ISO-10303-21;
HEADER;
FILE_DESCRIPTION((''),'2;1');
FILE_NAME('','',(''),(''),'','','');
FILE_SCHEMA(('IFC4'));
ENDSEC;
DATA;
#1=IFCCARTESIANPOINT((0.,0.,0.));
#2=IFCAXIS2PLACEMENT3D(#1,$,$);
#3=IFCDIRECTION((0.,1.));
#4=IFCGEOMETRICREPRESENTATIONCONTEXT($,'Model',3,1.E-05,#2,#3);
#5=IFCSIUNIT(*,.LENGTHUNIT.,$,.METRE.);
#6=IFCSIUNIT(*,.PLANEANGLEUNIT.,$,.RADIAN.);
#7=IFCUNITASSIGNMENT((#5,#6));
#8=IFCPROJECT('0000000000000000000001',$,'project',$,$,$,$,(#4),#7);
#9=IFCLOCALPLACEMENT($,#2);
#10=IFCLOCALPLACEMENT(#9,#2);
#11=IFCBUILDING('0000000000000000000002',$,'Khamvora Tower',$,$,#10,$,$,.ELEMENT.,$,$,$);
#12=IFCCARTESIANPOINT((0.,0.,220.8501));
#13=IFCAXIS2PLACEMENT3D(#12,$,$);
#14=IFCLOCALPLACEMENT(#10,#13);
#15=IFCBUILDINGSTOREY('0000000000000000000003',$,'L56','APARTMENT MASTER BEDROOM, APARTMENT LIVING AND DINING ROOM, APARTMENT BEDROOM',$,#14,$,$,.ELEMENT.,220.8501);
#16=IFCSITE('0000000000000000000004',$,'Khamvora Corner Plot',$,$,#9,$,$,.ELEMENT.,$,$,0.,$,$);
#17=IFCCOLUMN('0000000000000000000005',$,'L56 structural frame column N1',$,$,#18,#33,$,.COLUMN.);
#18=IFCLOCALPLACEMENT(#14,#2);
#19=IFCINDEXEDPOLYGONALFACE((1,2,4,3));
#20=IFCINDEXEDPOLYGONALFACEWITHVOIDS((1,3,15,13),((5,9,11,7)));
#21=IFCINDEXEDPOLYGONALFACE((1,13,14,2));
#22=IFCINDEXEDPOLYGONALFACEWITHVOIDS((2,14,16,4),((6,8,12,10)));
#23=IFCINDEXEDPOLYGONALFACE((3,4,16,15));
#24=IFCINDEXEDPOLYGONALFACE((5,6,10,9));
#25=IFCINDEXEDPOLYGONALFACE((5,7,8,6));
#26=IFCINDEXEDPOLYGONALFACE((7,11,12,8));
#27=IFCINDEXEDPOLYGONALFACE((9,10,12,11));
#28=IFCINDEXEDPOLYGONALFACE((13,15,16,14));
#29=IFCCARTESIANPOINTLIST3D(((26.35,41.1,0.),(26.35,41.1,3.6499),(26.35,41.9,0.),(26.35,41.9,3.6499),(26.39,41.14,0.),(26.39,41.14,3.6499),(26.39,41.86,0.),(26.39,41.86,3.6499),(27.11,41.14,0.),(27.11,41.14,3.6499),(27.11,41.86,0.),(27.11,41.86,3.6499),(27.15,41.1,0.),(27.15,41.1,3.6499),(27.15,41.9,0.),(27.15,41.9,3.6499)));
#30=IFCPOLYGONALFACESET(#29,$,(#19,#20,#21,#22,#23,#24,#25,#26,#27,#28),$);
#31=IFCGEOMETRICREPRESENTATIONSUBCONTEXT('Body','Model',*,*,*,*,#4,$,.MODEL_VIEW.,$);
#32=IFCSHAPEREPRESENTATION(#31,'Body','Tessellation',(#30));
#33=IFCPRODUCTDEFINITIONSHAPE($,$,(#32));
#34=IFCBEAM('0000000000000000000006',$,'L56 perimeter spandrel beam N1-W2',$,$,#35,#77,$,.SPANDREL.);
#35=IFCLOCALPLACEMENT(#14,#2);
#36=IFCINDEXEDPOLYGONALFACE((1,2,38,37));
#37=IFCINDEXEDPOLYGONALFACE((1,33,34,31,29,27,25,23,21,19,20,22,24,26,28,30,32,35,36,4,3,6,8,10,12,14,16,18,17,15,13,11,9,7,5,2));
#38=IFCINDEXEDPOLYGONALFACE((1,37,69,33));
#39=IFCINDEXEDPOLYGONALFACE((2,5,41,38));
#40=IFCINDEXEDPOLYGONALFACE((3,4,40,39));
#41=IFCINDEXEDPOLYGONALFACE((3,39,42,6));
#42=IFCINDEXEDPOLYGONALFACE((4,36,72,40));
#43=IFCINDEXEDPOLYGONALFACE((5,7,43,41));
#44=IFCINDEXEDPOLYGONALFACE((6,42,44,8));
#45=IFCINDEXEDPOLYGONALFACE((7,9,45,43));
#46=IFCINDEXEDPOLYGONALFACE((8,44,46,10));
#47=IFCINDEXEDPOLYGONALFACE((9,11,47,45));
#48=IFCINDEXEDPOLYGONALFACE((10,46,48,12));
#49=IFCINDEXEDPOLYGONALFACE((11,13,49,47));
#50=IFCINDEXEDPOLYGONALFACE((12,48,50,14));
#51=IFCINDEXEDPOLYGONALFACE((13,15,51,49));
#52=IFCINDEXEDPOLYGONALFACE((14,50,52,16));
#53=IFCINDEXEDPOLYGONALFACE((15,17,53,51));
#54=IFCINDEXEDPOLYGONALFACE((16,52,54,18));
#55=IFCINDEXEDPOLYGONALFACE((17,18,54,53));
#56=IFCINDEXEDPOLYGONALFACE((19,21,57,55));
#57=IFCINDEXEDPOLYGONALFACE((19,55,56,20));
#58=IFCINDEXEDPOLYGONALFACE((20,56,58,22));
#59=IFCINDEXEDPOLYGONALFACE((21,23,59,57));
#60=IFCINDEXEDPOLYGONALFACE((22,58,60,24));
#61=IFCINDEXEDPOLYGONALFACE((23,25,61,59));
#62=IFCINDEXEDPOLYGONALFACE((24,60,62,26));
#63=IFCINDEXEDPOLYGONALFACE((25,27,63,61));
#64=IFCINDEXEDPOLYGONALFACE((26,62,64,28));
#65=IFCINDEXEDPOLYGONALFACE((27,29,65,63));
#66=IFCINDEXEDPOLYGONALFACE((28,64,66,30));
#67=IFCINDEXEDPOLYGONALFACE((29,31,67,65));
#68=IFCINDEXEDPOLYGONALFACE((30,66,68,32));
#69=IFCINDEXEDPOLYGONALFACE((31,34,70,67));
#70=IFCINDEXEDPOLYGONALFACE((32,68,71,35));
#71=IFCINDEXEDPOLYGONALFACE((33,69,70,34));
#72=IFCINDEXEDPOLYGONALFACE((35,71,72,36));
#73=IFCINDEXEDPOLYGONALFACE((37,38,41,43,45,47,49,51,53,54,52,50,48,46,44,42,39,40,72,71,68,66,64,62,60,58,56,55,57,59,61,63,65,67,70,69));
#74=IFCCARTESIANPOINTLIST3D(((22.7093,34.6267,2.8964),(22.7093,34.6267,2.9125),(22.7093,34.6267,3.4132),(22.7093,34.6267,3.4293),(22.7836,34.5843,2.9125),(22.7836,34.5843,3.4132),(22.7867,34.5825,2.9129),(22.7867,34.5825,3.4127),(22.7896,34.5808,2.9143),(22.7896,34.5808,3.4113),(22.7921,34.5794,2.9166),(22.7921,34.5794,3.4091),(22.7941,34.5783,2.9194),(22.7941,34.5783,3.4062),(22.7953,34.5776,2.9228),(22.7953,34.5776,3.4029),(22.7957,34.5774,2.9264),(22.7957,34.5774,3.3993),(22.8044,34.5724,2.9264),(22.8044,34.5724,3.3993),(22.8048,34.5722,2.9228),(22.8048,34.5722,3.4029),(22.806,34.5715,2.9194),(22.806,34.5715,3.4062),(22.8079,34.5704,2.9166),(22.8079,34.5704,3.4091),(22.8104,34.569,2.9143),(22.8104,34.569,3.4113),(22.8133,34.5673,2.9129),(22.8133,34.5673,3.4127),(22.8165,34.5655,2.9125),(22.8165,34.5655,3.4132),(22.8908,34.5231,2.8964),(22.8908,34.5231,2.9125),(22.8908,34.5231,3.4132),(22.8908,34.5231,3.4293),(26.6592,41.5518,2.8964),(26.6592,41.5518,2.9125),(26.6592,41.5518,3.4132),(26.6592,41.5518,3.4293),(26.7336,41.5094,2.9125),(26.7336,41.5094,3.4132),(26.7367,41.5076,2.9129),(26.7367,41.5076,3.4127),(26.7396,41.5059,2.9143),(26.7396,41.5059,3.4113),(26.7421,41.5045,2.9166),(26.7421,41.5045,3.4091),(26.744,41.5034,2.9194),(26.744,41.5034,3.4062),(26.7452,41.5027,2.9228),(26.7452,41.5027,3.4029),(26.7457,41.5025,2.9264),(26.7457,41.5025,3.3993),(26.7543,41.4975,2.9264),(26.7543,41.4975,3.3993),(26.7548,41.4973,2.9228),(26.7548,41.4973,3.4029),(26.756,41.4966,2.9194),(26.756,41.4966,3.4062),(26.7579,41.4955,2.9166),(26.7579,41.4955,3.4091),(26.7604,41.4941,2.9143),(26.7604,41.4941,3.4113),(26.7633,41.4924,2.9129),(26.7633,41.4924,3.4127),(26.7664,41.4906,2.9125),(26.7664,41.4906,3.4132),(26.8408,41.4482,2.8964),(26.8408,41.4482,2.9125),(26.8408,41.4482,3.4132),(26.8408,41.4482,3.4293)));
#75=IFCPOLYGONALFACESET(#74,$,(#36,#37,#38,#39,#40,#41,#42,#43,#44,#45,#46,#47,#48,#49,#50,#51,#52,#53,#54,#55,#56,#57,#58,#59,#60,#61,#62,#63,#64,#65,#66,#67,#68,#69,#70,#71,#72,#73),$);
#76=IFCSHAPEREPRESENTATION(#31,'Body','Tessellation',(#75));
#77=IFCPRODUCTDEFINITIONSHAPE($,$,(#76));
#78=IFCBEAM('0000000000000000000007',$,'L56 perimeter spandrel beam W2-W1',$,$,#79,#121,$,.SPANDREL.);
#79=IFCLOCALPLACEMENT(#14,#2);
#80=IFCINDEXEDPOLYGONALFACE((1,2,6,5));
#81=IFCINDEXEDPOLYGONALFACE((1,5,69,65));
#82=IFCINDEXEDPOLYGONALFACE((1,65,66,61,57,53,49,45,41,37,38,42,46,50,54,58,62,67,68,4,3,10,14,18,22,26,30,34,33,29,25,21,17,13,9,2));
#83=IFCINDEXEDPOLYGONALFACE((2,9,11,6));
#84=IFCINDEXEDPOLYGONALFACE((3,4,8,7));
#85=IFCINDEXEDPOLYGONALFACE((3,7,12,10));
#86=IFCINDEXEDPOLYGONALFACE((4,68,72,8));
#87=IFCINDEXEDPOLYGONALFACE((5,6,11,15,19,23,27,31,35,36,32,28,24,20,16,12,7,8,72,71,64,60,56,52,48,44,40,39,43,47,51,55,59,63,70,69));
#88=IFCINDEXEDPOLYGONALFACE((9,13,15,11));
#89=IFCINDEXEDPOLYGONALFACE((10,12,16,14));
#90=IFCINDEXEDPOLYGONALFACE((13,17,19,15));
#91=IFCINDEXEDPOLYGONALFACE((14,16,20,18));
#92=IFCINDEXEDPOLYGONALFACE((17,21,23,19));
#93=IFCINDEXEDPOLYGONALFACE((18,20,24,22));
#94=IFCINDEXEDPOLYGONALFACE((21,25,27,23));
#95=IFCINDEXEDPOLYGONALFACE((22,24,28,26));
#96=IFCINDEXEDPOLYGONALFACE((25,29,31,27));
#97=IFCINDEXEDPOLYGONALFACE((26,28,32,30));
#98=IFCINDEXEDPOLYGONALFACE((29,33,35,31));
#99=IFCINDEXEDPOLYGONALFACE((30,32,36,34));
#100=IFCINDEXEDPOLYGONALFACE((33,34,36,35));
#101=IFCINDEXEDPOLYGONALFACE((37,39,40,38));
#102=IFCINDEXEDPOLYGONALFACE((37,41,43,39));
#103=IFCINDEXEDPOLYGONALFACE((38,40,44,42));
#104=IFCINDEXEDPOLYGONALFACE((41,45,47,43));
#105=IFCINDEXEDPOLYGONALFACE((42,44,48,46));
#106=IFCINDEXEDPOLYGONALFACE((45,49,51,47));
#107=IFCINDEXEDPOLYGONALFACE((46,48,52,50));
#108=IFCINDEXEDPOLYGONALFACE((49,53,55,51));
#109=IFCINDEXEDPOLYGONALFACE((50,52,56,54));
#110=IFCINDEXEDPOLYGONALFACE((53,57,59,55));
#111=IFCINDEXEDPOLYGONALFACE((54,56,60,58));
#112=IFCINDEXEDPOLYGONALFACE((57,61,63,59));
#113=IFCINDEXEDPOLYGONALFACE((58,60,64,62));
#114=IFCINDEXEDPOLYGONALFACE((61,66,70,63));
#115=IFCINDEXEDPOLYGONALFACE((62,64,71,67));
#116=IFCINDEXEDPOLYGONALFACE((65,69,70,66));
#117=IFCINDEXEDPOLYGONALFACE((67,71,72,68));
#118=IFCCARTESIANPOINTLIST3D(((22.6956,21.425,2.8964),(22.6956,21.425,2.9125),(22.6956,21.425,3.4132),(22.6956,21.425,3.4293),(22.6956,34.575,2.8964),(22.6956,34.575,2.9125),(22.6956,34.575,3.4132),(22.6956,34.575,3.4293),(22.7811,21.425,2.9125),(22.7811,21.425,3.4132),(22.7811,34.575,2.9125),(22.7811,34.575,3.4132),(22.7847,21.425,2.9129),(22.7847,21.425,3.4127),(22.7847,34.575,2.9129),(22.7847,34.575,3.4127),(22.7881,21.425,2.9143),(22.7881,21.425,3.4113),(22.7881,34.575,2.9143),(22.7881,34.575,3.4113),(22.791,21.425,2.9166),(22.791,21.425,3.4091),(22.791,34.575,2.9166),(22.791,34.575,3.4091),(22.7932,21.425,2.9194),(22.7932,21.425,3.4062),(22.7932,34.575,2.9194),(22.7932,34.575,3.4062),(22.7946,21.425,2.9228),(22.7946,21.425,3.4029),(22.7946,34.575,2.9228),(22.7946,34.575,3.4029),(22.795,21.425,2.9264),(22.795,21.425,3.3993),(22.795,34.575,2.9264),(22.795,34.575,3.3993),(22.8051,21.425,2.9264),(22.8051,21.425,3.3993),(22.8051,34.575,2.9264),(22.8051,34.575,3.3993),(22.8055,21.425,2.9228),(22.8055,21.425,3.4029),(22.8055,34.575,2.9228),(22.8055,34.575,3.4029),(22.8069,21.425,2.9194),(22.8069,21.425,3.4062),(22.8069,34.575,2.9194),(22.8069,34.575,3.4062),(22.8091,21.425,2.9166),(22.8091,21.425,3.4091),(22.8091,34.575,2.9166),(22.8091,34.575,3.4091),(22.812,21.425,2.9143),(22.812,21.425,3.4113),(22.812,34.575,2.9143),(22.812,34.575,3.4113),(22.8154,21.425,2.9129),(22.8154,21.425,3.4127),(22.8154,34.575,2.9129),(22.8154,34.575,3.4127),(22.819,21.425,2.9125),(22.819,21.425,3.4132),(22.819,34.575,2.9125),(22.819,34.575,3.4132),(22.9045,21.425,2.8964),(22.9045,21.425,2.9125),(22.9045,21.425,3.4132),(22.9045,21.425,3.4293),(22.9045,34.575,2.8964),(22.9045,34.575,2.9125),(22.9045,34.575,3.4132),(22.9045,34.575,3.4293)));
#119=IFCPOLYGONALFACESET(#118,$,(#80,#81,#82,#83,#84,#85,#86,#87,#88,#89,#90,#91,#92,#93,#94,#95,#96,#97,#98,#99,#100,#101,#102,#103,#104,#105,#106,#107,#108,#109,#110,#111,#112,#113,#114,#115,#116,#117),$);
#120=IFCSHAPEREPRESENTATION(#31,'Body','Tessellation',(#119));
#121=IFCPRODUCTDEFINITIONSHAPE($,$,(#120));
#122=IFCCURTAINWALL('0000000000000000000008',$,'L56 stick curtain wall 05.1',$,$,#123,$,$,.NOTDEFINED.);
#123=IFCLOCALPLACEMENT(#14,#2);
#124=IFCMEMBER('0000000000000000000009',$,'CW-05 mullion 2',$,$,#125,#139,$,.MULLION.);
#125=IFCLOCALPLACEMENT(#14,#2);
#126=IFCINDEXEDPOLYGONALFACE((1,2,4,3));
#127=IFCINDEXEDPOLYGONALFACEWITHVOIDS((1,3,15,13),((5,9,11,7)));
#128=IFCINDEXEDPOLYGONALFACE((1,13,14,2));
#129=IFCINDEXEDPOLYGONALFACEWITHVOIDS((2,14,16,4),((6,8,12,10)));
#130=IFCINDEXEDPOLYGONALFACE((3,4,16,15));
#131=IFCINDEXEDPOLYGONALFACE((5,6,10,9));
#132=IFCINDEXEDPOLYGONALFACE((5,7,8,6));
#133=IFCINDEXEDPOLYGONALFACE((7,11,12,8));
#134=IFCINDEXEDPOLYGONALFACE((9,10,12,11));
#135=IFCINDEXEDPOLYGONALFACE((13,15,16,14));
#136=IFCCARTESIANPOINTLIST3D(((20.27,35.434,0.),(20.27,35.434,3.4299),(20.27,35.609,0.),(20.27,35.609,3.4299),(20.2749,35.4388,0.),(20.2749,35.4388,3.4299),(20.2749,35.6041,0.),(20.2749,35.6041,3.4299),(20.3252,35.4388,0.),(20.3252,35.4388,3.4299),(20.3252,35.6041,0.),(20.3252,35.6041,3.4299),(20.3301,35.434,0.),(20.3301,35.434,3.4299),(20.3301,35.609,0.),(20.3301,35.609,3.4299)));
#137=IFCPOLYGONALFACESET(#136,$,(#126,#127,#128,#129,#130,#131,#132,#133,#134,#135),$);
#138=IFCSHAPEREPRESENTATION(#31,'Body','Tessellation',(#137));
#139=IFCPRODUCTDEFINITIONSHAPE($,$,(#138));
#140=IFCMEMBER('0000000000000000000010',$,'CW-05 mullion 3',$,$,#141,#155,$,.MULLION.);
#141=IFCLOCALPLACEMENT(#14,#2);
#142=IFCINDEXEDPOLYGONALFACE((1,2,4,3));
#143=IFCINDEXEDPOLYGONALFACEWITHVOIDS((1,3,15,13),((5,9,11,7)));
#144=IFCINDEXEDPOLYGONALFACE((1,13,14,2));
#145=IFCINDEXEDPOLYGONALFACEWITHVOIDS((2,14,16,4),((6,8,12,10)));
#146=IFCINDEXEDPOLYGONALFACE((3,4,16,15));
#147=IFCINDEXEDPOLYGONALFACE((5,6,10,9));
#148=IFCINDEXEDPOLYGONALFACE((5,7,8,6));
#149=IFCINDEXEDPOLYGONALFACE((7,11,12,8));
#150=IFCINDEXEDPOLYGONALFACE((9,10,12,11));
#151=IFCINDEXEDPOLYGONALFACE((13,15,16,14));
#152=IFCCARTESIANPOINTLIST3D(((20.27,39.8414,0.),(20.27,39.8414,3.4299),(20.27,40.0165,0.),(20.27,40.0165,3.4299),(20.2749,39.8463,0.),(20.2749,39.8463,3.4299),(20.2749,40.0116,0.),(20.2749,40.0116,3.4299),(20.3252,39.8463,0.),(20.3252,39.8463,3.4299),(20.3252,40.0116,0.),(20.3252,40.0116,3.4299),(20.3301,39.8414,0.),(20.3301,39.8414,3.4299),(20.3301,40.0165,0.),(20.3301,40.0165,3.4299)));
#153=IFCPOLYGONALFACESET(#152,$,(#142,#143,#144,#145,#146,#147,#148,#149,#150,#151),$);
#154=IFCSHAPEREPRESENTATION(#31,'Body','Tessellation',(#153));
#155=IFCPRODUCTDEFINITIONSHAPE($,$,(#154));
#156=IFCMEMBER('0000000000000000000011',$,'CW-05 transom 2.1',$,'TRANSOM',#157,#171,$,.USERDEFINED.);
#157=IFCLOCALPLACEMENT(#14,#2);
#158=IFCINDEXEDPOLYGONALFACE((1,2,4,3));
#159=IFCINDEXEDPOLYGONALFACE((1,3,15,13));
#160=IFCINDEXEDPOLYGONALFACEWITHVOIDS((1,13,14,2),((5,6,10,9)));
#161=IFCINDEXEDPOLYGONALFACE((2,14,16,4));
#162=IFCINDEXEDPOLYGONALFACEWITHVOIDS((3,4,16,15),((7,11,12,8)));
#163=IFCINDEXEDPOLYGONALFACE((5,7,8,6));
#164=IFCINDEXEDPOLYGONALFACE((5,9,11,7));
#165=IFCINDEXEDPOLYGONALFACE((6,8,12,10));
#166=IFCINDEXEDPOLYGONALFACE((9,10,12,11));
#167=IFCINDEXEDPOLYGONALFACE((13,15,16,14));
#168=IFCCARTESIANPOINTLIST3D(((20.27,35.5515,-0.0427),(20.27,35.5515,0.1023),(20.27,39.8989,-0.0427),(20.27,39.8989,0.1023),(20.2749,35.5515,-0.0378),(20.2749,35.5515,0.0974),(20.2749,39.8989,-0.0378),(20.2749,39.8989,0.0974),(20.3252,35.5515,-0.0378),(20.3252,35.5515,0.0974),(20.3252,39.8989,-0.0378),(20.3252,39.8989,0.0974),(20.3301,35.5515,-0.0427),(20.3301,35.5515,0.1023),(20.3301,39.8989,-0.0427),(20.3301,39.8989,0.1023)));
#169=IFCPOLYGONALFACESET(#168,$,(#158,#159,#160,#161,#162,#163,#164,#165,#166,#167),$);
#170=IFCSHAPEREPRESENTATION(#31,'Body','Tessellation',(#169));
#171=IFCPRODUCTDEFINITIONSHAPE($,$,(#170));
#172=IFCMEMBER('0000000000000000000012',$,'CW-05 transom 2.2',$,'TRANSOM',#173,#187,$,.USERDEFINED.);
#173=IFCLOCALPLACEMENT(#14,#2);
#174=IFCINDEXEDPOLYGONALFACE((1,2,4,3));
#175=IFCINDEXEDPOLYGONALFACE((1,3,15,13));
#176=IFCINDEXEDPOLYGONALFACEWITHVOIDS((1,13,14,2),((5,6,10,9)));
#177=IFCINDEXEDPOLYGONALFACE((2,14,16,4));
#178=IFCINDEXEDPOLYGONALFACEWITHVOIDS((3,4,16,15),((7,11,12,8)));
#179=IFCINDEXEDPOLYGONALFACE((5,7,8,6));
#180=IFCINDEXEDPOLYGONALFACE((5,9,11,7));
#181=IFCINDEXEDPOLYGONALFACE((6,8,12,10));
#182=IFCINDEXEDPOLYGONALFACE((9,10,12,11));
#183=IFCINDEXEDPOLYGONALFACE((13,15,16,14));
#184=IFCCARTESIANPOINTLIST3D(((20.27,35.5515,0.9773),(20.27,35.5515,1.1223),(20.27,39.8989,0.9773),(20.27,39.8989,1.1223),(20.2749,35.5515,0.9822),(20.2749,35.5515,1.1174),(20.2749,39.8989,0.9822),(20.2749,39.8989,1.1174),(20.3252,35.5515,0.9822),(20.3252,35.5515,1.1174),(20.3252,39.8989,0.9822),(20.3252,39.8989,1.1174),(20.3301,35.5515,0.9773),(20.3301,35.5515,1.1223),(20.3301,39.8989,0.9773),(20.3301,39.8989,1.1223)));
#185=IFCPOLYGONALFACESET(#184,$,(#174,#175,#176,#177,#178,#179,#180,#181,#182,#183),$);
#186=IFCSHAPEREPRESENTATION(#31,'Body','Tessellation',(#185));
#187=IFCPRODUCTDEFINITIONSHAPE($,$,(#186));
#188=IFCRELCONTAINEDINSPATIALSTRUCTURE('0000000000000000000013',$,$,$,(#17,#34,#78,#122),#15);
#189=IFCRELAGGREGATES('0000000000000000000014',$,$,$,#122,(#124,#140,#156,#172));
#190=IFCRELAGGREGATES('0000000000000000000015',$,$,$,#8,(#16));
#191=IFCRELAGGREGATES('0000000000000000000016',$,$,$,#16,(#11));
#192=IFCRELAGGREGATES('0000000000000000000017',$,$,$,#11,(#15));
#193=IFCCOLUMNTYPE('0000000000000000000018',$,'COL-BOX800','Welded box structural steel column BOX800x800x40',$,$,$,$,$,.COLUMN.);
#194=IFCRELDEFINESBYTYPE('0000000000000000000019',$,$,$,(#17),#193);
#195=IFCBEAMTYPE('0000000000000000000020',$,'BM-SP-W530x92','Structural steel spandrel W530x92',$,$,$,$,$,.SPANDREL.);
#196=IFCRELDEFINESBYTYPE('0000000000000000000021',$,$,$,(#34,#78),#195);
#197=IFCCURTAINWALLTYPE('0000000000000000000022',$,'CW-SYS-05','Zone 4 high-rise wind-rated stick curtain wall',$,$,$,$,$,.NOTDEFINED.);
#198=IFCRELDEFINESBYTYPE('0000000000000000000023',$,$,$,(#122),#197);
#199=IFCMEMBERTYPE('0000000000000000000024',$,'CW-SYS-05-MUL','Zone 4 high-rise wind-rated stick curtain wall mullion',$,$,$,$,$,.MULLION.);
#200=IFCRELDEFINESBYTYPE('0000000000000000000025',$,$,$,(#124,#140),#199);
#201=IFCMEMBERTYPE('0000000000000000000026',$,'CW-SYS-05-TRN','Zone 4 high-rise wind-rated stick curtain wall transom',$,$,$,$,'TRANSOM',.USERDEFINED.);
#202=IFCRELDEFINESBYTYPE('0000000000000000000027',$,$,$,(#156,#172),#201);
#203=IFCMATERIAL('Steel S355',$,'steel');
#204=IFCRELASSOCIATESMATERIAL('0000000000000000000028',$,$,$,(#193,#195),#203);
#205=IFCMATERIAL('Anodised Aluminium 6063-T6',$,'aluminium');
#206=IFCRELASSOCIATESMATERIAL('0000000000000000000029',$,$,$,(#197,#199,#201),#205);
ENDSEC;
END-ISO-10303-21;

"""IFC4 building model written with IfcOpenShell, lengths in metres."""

from ifc_helpers import new_model, si_unit, direction, frame, origin, origin_2d, place, context, subcontext, project, spatial, hollow_rectangle, i_section, extrude, material, material_profile, profile_set, type_object, element, aggregate, save


model = new_model("IFC4")

# Units and contexts
model_context = context("Model", 3, precision=1e-05, world=origin(), true_north=direction((0.0, 1.0)))
body_context = subcontext(model_context, "Body", "Model", "MODEL_VIEW")
ifc_project = project(units=[si_unit("LENGTHUNIT", "METRE"), si_unit("PLANEANGLEUNIT", "RADIAN")], contexts=[model_context])

# Site, building, storey
site_placement = place(None, origin())
site = spatial("IfcSite", under=ifc_project, at=site_placement, Name="Khamvora Corner Plot", CompositionType="ELEMENT", RefElevation=0.0)
building_placement = place(site_placement, origin())
building = spatial("IfcBuilding", under=site, at=building_placement, Name="Khamvora Tower", CompositionType="ELEMENT")
storey_placement = place(building_placement, frame((0.0, 0.0, 220.8501)))
storey = spatial("IfcBuildingStorey", under=building, at=storey_placement, Name="L56", Description="APARTMENT MASTER BEDROOM, APARTMENT LIVING AND DINING ROOM, APARTMENT BEDROOM", CompositionType="ELEMENT", Elevation=220.8501)

# Column
ifc_material_1 = material(Name="Steel S355", Category="steel")
ifc_material_profile_1 = material_profile(ifc_material_1, hollow_rectangle(XDim=0.8, YDim=0.8, WallThickness=0.04, at=origin_2d()), Name="BOX800x800x40")
ifc_profile_set_1 = profile_set([ifc_material_profile_1], Name="Steel S355")
column_type = type_object("IfcColumnType", Name="COL-BOX800", Description="Welded box structural steel column BOX800x800x40", PredefinedType="COLUMN", material=ifc_profile_set_1)
column_placement = place(storey_placement, frame((26.75, 41.5, 0.0), z_axis=(0.0, 0.0, 1.0), x_axis=(1.0, 0.0, 0.0)))
element("IfcColumn", 1, at=column_placement, inside=storey, type_object=column_type, Name="L56 structural frame column N1", PredefinedType="COLUMN", context=body_context, shape_type="SweptSolid", body=[
    extrude(hollow_rectangle(XDim=0.8, YDim=0.8, WallThickness=0.04, at=origin_2d()), origin(), (0.0, 0.0, 1.0), 3.6499),
])

# Beams
ifc_material_profile_2 = material_profile(ifc_material_1, i_section(OverallWidth=0.209, OverallDepth=0.533, WebThickness=0.01, FlangeThickness=0.0161, FilletRadius=0.0139, at=origin_2d()), Name="W530x92")
ifc_profile_set_2 = profile_set([ifc_material_profile_2], Name="Steel S355")
beam_type = type_object("IfcBeamType", Name="BM-SP-W530x92", Description="Structural steel spandrel W530x92", PredefinedType="SPANDREL", material=ifc_profile_set_2)
beam_1_placement = place(storey_placement, frame((26.75, 41.5, 3.1628), z_axis=(-0.495456, -0.868633, 0.0), x_axis=(0.868633, -0.495456, 0.0)))
element("IfcBeam", 2, at=beam_1_placement, inside=storey, type_object=beam_type, Name="L56 perimeter spandrel beam N1-W2", PredefinedType="SPANDREL", context=body_context, shape_type="SweptSolid", body=[
    extrude(i_section(OverallWidth=0.209, OverallDepth=0.533, WebThickness=0.01, FlangeThickness=0.0161, FilletRadius=0.0139, at=origin_2d()), origin(), (0.0, 0.0, 1.0), 7.9724),
])
beam_2_placement = place(storey_placement, frame((22.8, 34.575, 3.1628), z_axis=(0.0, -1.0, 0.0), x_axis=(1.0, 0.0, 0.0)))
element("IfcBeam", 3, at=beam_2_placement, inside=storey, type_object=beam_type, Name="L56 perimeter spandrel beam W2-W1", PredefinedType="SPANDREL", context=body_context, shape_type="SweptSolid", body=[
    extrude(i_section(OverallWidth=0.209, OverallDepth=0.533, WebThickness=0.01, FlangeThickness=0.0161, FilletRadius=0.0139, at=origin_2d()), origin(), (0.0, 0.0, 1.0), 13.1499),
])

# Curtain wall, members
ifc_material_2 = material(Name="Anodised Aluminium 6063-T6", Category="aluminium")
curtain_wall_type = type_object("IfcCurtainWallType", Name="CW-SYS-05", Description="Zone 4 high-rise wind-rated stick curtain wall", PredefinedType="NOTDEFINED", material=ifc_material_2)
curtain_wall_placement = place(storey_placement, origin())
curtain_wall = element("IfcCurtainWall", 4, at=curtain_wall_placement, inside=storey, type_object=curtain_wall_type, Name="L56 stick curtain wall 05.1", PredefinedType="NOTDEFINED")
ifc_material_profile_3 = material_profile(ifc_material_2, hollow_rectangle(XDim=0.0601, YDim=0.175, WallThickness=0.0049, at=origin_2d()), Name="MUL60x175x5")
ifc_profile_set_3 = profile_set([ifc_material_profile_3], Name="Anodised Aluminium 6063-T6")
member_type_1 = type_object("IfcMemberType", Name="CW-SYS-05-MUL", Description="Zone 4 high-rise wind-rated stick curtain wall mullion", PredefinedType="MULLION", material=ifc_profile_set_3)
member_1_placement = place(storey_placement, frame((20.3, 35.5215, 0.0), z_axis=(0.0, 0.0, 1.0), x_axis=(-1.0, 0.0, 0.0)))
member_1 = element("IfcMember", 5, at=member_1_placement, type_object=member_type_1, Name="CW-05 mullion 2", PredefinedType="MULLION", context=body_context, shape_type="SweptSolid", body=[
    extrude(hollow_rectangle(XDim=0.0601, YDim=0.175, WallThickness=0.0049, at=origin_2d()), origin(), (0.0, 0.0, 1.0), 3.4299),
])
member_2_placement = place(storey_placement, frame((20.3, 39.929, 0.0), z_axis=(0.0, 0.0, 1.0), x_axis=(-1.0, 0.0, 0.0)))
member_2 = element("IfcMember", 6, at=member_2_placement, type_object=member_type_1, Name="CW-05 mullion 3", PredefinedType="MULLION", context=body_context, shape_type="SweptSolid", body=[
    extrude(hollow_rectangle(XDim=0.0601, YDim=0.175, WallThickness=0.0049, at=origin_2d()), origin(), (0.0, 0.0, 1.0), 3.4299),
])
ifc_material_profile_4 = material_profile(ifc_material_2, hollow_rectangle(XDim=0.0601, YDim=0.145, WallThickness=0.0049, at=origin_2d()), Name="TRN60x145x5")
ifc_profile_set_4 = profile_set([ifc_material_profile_4], Name="Anodised Aluminium 6063-T6")
member_type_2 = type_object("IfcMemberType", Name="CW-SYS-05-TRN", Description="Zone 4 high-rise wind-rated stick curtain wall transom", ElementType="TRANSOM", PredefinedType="USERDEFINED", material=ifc_profile_set_4)
member_3_placement = place(storey_placement, frame((20.3, 35.5515, 0.0298), z_axis=(0.0, 1.0, 0.0), x_axis=(-1.0, 0.0, 0.0)))
member_3 = element("IfcMember", 7, at=member_3_placement, type_object=member_type_2, Name="CW-05 transom 2.1", ObjectType="TRANSOM", PredefinedType="USERDEFINED", context=body_context, shape_type="SweptSolid", body=[
    extrude(hollow_rectangle(XDim=0.0601, YDim=0.145, WallThickness=0.0049, at=origin_2d()), origin(), (0.0, 0.0, 1.0), 4.3474),
])
member_4_placement = place(storey_placement, frame((20.3, 35.5515, 1.0498), z_axis=(0.0, 1.0, 0.0), x_axis=(-1.0, 0.0, 0.0)))
member_4 = element("IfcMember", 8, at=member_4_placement, type_object=member_type_2, Name="CW-05 transom 2.2", ObjectType="TRANSOM", PredefinedType="USERDEFINED", context=body_context, shape_type="SweptSolid", body=[
    extrude(hollow_rectangle(XDim=0.0601, YDim=0.145, WallThickness=0.0049, at=origin_2d()), origin(), (0.0, 0.0, 1.0), 4.3474),
])
aggregate(curtain_wall, [member_1, member_2, member_3, member_4])

save(model, "model.ifc")
